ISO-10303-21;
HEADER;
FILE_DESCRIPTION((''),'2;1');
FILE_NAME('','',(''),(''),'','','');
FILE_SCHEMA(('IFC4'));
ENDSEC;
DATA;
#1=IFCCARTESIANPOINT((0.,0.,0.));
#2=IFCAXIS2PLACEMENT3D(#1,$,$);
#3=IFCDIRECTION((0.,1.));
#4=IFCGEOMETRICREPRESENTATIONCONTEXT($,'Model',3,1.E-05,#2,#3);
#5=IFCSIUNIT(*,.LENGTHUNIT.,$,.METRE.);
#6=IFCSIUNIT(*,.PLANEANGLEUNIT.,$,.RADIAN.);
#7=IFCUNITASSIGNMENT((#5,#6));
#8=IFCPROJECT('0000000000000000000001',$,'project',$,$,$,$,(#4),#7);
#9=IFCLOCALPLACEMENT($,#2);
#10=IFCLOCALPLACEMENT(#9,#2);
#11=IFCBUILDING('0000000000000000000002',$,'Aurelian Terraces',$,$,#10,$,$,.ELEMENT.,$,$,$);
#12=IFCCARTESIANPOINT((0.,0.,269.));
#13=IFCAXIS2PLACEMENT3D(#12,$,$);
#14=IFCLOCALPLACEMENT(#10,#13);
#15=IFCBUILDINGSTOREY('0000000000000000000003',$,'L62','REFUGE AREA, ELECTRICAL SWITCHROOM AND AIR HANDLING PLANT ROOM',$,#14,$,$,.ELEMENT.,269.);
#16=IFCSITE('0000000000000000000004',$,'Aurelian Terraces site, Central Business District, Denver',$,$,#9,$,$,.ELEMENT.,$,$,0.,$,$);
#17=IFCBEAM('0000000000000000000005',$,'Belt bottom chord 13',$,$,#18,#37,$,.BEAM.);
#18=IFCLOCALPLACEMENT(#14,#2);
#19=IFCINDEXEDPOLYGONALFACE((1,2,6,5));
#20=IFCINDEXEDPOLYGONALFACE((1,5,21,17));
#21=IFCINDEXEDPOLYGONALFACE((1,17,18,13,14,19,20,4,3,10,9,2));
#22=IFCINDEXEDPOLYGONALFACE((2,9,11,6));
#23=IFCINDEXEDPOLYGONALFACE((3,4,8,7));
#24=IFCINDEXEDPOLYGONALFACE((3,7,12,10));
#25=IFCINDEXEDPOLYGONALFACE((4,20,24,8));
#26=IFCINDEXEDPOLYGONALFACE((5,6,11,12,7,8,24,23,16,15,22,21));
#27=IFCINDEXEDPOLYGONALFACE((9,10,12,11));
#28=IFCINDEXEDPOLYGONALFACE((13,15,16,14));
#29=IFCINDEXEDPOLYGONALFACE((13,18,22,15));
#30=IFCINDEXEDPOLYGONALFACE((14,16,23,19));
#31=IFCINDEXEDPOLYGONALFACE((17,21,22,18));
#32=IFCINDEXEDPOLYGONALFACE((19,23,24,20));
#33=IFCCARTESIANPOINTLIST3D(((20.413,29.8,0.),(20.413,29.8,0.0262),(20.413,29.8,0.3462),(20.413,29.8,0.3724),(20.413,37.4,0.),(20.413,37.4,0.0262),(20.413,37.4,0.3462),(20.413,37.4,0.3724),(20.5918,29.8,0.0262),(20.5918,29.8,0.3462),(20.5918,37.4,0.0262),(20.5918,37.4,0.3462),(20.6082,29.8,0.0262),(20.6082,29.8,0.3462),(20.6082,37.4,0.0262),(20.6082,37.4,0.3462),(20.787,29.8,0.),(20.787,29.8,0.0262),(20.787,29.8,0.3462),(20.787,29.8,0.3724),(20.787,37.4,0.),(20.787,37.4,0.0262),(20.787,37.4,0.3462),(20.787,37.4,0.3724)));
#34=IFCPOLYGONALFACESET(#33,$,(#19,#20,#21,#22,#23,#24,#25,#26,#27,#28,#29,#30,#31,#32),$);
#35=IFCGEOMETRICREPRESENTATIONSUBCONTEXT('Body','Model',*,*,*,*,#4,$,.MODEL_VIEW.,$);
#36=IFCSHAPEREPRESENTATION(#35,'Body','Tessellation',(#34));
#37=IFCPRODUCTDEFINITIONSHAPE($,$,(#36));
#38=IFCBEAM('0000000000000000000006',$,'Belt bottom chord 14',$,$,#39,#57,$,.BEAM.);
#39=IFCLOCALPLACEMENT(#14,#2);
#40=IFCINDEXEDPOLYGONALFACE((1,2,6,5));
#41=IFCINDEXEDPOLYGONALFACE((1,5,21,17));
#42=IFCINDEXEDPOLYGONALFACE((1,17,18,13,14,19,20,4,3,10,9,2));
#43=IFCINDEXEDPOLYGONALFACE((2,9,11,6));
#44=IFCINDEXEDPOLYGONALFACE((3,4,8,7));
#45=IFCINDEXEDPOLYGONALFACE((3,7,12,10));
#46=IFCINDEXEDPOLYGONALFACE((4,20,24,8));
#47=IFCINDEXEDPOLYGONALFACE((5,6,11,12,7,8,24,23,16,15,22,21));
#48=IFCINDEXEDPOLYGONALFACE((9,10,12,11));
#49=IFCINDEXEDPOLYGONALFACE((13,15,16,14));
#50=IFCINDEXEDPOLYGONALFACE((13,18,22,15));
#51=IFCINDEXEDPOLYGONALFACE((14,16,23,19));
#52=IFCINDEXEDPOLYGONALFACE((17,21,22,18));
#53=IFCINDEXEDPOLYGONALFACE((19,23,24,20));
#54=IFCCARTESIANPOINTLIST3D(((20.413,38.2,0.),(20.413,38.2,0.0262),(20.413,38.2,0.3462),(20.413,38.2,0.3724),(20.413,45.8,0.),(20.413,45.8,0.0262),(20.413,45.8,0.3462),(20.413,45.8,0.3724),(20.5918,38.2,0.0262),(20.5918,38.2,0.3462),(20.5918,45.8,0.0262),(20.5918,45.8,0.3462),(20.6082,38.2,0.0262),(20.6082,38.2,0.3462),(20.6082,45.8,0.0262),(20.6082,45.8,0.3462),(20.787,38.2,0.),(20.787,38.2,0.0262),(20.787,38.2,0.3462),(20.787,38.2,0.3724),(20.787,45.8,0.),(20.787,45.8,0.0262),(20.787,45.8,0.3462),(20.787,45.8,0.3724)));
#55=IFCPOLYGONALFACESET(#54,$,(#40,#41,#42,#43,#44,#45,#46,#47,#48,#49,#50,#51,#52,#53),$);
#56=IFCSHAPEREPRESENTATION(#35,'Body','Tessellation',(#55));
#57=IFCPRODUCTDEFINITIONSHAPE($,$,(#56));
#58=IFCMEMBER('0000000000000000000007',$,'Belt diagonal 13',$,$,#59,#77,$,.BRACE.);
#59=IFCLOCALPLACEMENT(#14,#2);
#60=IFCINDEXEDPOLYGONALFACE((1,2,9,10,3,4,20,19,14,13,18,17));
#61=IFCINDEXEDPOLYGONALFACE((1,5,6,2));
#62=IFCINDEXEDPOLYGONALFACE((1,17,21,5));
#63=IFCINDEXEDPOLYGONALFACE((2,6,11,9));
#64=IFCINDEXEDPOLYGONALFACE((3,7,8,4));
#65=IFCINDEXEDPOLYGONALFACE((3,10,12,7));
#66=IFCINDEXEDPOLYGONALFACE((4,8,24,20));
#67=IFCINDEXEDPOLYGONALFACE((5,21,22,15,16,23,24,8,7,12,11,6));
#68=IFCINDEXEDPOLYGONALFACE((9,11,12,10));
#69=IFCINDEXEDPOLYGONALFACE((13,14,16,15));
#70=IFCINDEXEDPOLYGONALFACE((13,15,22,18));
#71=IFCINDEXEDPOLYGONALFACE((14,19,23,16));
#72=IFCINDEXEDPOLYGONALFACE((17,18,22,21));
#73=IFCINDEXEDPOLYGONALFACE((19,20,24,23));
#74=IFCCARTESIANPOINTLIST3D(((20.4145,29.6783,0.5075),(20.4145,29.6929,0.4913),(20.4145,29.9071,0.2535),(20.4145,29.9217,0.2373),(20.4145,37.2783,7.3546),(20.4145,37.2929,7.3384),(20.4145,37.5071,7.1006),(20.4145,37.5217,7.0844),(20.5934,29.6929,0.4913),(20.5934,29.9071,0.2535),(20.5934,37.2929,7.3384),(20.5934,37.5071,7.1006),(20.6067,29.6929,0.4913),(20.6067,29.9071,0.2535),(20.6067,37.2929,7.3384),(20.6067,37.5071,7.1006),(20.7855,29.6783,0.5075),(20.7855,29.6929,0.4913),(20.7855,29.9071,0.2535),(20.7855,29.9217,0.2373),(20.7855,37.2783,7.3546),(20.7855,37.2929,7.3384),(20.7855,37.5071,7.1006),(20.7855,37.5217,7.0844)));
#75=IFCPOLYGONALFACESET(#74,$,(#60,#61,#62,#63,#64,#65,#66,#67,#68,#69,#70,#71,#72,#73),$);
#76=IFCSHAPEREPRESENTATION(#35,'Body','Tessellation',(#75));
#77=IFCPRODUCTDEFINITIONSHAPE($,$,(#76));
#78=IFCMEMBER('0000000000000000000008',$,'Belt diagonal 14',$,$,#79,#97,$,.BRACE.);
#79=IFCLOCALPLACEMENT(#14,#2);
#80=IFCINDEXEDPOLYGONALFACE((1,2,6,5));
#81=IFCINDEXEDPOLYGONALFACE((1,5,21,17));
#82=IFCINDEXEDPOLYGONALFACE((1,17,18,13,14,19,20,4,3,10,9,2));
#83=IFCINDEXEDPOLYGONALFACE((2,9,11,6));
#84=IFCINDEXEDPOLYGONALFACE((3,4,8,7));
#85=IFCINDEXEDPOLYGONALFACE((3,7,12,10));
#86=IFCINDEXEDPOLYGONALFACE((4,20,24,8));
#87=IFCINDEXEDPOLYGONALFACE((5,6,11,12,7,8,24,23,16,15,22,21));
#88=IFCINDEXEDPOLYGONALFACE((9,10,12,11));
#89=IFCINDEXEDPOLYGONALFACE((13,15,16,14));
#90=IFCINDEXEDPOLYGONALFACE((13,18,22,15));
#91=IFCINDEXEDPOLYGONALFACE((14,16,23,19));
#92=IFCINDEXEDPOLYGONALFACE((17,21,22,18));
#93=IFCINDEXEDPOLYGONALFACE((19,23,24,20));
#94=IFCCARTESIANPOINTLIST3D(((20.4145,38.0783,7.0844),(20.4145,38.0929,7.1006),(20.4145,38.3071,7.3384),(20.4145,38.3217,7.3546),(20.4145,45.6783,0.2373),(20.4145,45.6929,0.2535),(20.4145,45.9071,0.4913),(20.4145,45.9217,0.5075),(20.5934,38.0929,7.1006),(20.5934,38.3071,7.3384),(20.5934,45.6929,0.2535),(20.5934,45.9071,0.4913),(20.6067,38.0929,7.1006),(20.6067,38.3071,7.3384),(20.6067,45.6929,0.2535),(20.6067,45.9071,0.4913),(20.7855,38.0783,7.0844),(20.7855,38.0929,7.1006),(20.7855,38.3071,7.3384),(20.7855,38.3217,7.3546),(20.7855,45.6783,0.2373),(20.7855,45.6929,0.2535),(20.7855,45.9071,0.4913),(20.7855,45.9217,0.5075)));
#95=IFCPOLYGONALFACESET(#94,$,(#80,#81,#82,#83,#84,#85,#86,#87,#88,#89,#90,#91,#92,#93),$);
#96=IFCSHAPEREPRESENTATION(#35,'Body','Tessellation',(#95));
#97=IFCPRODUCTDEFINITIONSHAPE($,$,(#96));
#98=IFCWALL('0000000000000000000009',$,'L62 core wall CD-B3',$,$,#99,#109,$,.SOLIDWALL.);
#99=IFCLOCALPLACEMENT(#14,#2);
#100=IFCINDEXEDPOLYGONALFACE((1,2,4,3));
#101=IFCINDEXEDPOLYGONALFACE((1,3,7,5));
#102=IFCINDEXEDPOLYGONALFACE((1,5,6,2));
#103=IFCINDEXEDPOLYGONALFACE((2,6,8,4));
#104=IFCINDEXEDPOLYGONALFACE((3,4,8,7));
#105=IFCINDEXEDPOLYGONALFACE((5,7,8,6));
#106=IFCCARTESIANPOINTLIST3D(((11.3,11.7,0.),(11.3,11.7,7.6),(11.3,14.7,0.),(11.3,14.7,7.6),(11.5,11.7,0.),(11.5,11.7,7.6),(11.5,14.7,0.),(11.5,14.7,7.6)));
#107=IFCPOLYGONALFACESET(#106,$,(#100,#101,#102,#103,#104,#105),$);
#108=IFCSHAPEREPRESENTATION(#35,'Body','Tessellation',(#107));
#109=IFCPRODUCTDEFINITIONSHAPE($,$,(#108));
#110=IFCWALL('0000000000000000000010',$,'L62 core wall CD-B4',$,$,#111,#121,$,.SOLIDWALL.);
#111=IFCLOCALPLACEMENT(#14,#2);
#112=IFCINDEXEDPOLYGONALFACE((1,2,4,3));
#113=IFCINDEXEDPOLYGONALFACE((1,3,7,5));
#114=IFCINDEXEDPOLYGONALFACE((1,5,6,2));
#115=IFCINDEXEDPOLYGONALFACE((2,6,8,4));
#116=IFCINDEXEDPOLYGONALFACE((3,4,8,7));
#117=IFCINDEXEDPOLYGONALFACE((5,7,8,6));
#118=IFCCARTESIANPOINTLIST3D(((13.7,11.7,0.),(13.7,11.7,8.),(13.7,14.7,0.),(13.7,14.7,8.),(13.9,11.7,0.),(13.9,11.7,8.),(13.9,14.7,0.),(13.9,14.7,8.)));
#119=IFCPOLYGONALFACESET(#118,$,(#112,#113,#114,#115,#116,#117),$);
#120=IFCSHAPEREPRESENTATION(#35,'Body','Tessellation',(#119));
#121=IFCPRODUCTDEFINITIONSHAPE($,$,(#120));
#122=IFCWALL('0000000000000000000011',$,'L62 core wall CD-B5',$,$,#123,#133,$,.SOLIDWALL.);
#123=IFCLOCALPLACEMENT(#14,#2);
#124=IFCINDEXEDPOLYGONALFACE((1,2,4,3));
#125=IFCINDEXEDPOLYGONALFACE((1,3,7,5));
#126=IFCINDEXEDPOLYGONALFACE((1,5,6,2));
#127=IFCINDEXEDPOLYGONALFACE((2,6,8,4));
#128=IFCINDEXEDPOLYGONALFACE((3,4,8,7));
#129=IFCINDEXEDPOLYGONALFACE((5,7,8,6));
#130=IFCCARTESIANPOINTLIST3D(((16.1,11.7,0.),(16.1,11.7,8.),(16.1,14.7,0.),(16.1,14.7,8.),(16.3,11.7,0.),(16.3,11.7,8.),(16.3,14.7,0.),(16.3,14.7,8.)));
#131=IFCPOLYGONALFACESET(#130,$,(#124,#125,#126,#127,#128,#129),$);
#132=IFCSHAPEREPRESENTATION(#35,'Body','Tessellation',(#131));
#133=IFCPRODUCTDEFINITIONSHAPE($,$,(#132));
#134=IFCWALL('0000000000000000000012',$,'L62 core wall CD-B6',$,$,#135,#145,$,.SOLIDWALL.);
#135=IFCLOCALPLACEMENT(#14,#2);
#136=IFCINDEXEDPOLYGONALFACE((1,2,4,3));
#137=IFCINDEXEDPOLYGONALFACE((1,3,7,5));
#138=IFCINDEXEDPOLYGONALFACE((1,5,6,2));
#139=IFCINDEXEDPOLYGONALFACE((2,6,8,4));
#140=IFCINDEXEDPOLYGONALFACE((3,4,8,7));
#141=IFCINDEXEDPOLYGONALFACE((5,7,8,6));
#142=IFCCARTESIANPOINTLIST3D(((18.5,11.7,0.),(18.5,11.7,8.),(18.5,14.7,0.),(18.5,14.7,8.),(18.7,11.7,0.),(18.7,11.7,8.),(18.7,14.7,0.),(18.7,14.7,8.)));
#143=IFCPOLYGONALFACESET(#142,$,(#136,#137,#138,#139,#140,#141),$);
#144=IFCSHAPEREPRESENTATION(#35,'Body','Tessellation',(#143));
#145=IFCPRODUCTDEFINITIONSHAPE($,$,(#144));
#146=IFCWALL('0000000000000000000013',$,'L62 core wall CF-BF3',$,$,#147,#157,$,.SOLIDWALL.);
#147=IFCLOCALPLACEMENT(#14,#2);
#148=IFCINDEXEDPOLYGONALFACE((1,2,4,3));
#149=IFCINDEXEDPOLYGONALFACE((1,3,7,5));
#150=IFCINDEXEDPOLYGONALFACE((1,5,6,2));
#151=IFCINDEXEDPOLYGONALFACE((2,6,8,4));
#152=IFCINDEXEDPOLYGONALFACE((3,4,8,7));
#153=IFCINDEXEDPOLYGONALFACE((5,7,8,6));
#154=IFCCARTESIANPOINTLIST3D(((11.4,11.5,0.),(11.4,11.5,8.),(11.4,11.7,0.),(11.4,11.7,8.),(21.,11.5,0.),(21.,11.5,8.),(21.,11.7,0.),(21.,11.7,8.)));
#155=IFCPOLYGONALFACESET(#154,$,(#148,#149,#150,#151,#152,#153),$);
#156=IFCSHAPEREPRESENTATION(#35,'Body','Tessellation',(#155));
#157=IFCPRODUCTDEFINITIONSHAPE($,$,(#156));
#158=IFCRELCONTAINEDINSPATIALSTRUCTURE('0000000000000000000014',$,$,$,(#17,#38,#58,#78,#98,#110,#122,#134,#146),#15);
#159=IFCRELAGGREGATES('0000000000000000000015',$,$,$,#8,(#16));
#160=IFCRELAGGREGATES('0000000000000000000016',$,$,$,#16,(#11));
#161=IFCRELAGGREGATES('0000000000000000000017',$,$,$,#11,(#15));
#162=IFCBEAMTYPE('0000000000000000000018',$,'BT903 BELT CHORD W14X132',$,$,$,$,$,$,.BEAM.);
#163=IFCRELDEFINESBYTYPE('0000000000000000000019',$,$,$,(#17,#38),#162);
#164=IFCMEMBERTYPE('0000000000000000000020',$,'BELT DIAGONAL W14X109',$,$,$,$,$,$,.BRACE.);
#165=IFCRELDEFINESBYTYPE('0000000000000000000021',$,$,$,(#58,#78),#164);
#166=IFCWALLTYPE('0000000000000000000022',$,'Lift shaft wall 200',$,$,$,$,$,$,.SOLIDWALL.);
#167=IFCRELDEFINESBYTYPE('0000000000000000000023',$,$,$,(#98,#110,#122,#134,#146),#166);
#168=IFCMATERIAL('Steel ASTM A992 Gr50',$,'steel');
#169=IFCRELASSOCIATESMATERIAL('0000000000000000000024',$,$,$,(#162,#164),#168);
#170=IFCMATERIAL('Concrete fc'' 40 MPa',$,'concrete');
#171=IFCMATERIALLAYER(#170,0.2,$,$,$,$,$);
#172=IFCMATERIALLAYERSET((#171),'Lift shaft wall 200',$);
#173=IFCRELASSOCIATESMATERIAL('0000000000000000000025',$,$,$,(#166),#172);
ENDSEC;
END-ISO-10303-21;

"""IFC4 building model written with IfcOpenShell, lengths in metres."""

from ifc_helpers import new_model, si_unit, direction, frame, frame_2d, origin, origin_2d, place, context, subcontext, project, spatial, rectangle, i_section, extrude, source, transform, mapped, material, layer, layer_set, material_profile, profile_set, type_object, element, save


model = new_model("IFC4")

# Units and contexts
model_context = context("Model", 3, precision=1e-05, world=origin(), true_north=direction((0.0, 1.0)))
body_context = subcontext(model_context, "Body", "Model", "MODEL_VIEW")
ifc_project = project(units=[si_unit("LENGTHUNIT", "METRE"), si_unit("PLANEANGLEUNIT", "RADIAN")], contexts=[model_context])

# Site, building, storey
site_placement = place(None, origin())
site = spatial("IfcSite", under=ifc_project, at=site_placement, Name="Aurelian Terraces site, Central Business District, Denver", CompositionType="ELEMENT", RefElevation=0.0)
building_placement = place(site_placement, origin())
building = spatial("IfcBuilding", under=site, at=building_placement, Name="Aurelian Terraces", CompositionType="ELEMENT")
storey_placement = place(building_placement, frame((0.0, 0.0, 269.0)))
storey = spatial("IfcBuildingStorey", under=building, at=storey_placement, Name="L62", Description="REFUGE AREA, ELECTRICAL SWITCHROOM AND AIR HANDLING PLANT ROOM", CompositionType="ELEMENT", Elevation=269.0)

# Shared definitions
ifc_material_1 = material(Name="Concrete fc' 40 MPa", Category="concrete")
ifc_material_2 = material(Name="Steel ASTM A992 Gr50", Category="steel")

# Beams
ifc_material_profile_1 = material_profile(ifc_material_2, i_section(OverallWidth=0.374, OverallDepth=0.3724, WebThickness=0.0164, FlangeThickness=0.0262, at=origin_2d()))
ifc_profile_set_1 = profile_set([ifc_material_profile_1], Name="Steel ASTM A992 Gr50")
beam_type_1 = type_object("IfcBeamType", Name="BT903 BELT CHORD W14X132", PredefinedType="BEAM", material=ifc_profile_set_1)
shared_shape_1 = source(origin(), body_context, "Body", "SweptSolid", [
    extrude(i_section(OverallWidth=0.374, OverallDepth=0.3724, WebThickness=0.0164, FlangeThickness=0.0262, at=origin_2d()), origin(), (0.0, 0.0, 1.0), 7.6),
])
for number, where, z_axis, x_axis, name in (
    (1, (20.6, 29.8, 0.1862), (0.0, 1.0, 0.0), (-1.0, 0.0, 0.0), "Belt bottom chord 13"),
    (2, (20.6, 38.2, 0.1862), (0.0, 1.0, 0.0), (-1.0, 0.0, 0.0), "Belt bottom chord 14"),
):
    element("IfcBeam", number, at=place(storey_placement, frame(where, z_axis=z_axis, x_axis=x_axis)), inside=storey, type_object=beam_type_1, Name=name, PredefinedType="BEAM", context=body_context, shape_type="MappedRepresentation", body=[
        mapped(shared_shape_1, transform((0.0, 0.0, 0.0), scale=1.0)),
    ])

# Members
ifc_material_profile_2 = material_profile(ifc_material_2, i_section(OverallWidth=0.371, OverallDepth=0.3637, WebThickness=0.0133, FlangeThickness=0.0218, at=origin_2d()))
ifc_profile_set_2 = profile_set([ifc_material_profile_2], Name="Steel ASTM A992 Gr50")
member_type_1 = type_object("IfcMemberType", Name="BELT DIAGONAL W14X109", PredefinedType="BRACE", material=ifc_profile_set_2)
shared_shape_2 = source(origin(), body_context, "Body", "SweptSolid", [
    extrude(i_section(OverallWidth=0.371, OverallDepth=0.3637, WebThickness=0.0133, FlangeThickness=0.0218, at=origin_2d()), origin(), (0.0, 0.0, 1.0), 10.2295),
])
for number, where, z_axis, x_axis, name in (
    (3, (20.6, 29.8, 0.3724), (0.0, 0.742949, 0.669348), (-1.0, 0.0, 0.0), "Belt diagonal 13"),
    (4, (20.6, 45.8, 0.3724), (0.0, -0.742949, 0.669348), (1.0, 0.0, 0.0), "Belt diagonal 14"),
):
    element("IfcMember", number, at=place(storey_placement, frame(where, z_axis=z_axis, x_axis=x_axis)), inside=storey, type_object=member_type_1, Name=name, PredefinedType="BRACE", context=body_context, shape_type="MappedRepresentation", body=[
        mapped(shared_shape_2, transform((0.0, 0.0, 0.0), scale=1.0)),
    ])

# Walls
ifc_layer_1 = layer(ifc_material_1, 0.2)
ifc_layer_set_1 = layer_set([ifc_layer_1], Name="Lift shaft wall 200")
wall_type_1 = type_object("IfcWallType", Name="Lift shaft wall 200", PredefinedType="SOLIDWALL", material=ifc_layer_set_1)
shared_shape_3 = source(origin(), body_context, "Body", "SweptSolid", [
    extrude(rectangle(XDim=3.0, YDim=0.2, at=frame_2d((1.5, 0.0))), origin(), (0.0, 0.0, 1.0), 7.6),
])
wall_1_placement = place(storey_placement, frame((11.4, 11.7, 0.0), z_axis=(0.0, 0.0, 1.0), x_axis=(0.0, 1.0, 0.0)))
element("IfcWall", 5, at=wall_1_placement, inside=storey, type_object=wall_type_1, Name="L62 core wall CD-B3", PredefinedType="SOLIDWALL", context=body_context, shape_type="MappedRepresentation", body=[
    mapped(shared_shape_3, transform((0.0, 0.0, 0.0), scale=1.0)),
])
shared_shape_4 = source(origin(), body_context, "Body", "SweptSolid", [
    extrude(rectangle(XDim=3.0, YDim=0.2, at=frame_2d((1.5, 0.0))), origin(), (0.0, 0.0, 1.0), 8.0),
])
for number, where, z_axis, x_axis, name in (
    (6, (13.8, 11.7, 0.0), (0.0, 0.0, 1.0), (0.0, 1.0, 0.0), "L62 core wall CD-B4"),
    (7, (16.2, 11.7, 0.0), (0.0, 0.0, 1.0), (0.0, 1.0, 0.0), "L62 core wall CD-B5"),
    (8, (18.6, 11.7, 0.0), (0.0, 0.0, 1.0), (0.0, 1.0, 0.0), "L62 core wall CD-B6"),
):
    element("IfcWall", number, at=place(storey_placement, frame(where, z_axis=z_axis, x_axis=x_axis)), inside=storey, type_object=wall_type_1, Name=name, PredefinedType="SOLIDWALL", context=body_context, shape_type="MappedRepresentation", body=[
        mapped(shared_shape_4, transform((0.0, 0.0, 0.0), scale=1.0)),
    ])
shared_shape_5 = source(origin(), body_context, "Body", "SweptSolid", [
    extrude(rectangle(XDim=9.6, YDim=0.2, at=frame_2d((4.8, 0.0))), origin(), (0.0, 0.0, 1.0), 8.0),
])
wall_2_placement = place(storey_placement, frame((11.4, 11.6, 0.0), z_axis=(0.0, 0.0, 1.0), x_axis=(1.0, 0.0, 0.0)))
element("IfcWall", 9, at=wall_2_placement, inside=storey, type_object=wall_type_1, Name="L62 core wall CF-BF3", PredefinedType="SOLIDWALL", context=body_context, shape_type="MappedRepresentation", body=[
    mapped(shared_shape_5, transform((0.0, 0.0, 0.0), scale=1.0)),
])

save(model, "model.ifc")
